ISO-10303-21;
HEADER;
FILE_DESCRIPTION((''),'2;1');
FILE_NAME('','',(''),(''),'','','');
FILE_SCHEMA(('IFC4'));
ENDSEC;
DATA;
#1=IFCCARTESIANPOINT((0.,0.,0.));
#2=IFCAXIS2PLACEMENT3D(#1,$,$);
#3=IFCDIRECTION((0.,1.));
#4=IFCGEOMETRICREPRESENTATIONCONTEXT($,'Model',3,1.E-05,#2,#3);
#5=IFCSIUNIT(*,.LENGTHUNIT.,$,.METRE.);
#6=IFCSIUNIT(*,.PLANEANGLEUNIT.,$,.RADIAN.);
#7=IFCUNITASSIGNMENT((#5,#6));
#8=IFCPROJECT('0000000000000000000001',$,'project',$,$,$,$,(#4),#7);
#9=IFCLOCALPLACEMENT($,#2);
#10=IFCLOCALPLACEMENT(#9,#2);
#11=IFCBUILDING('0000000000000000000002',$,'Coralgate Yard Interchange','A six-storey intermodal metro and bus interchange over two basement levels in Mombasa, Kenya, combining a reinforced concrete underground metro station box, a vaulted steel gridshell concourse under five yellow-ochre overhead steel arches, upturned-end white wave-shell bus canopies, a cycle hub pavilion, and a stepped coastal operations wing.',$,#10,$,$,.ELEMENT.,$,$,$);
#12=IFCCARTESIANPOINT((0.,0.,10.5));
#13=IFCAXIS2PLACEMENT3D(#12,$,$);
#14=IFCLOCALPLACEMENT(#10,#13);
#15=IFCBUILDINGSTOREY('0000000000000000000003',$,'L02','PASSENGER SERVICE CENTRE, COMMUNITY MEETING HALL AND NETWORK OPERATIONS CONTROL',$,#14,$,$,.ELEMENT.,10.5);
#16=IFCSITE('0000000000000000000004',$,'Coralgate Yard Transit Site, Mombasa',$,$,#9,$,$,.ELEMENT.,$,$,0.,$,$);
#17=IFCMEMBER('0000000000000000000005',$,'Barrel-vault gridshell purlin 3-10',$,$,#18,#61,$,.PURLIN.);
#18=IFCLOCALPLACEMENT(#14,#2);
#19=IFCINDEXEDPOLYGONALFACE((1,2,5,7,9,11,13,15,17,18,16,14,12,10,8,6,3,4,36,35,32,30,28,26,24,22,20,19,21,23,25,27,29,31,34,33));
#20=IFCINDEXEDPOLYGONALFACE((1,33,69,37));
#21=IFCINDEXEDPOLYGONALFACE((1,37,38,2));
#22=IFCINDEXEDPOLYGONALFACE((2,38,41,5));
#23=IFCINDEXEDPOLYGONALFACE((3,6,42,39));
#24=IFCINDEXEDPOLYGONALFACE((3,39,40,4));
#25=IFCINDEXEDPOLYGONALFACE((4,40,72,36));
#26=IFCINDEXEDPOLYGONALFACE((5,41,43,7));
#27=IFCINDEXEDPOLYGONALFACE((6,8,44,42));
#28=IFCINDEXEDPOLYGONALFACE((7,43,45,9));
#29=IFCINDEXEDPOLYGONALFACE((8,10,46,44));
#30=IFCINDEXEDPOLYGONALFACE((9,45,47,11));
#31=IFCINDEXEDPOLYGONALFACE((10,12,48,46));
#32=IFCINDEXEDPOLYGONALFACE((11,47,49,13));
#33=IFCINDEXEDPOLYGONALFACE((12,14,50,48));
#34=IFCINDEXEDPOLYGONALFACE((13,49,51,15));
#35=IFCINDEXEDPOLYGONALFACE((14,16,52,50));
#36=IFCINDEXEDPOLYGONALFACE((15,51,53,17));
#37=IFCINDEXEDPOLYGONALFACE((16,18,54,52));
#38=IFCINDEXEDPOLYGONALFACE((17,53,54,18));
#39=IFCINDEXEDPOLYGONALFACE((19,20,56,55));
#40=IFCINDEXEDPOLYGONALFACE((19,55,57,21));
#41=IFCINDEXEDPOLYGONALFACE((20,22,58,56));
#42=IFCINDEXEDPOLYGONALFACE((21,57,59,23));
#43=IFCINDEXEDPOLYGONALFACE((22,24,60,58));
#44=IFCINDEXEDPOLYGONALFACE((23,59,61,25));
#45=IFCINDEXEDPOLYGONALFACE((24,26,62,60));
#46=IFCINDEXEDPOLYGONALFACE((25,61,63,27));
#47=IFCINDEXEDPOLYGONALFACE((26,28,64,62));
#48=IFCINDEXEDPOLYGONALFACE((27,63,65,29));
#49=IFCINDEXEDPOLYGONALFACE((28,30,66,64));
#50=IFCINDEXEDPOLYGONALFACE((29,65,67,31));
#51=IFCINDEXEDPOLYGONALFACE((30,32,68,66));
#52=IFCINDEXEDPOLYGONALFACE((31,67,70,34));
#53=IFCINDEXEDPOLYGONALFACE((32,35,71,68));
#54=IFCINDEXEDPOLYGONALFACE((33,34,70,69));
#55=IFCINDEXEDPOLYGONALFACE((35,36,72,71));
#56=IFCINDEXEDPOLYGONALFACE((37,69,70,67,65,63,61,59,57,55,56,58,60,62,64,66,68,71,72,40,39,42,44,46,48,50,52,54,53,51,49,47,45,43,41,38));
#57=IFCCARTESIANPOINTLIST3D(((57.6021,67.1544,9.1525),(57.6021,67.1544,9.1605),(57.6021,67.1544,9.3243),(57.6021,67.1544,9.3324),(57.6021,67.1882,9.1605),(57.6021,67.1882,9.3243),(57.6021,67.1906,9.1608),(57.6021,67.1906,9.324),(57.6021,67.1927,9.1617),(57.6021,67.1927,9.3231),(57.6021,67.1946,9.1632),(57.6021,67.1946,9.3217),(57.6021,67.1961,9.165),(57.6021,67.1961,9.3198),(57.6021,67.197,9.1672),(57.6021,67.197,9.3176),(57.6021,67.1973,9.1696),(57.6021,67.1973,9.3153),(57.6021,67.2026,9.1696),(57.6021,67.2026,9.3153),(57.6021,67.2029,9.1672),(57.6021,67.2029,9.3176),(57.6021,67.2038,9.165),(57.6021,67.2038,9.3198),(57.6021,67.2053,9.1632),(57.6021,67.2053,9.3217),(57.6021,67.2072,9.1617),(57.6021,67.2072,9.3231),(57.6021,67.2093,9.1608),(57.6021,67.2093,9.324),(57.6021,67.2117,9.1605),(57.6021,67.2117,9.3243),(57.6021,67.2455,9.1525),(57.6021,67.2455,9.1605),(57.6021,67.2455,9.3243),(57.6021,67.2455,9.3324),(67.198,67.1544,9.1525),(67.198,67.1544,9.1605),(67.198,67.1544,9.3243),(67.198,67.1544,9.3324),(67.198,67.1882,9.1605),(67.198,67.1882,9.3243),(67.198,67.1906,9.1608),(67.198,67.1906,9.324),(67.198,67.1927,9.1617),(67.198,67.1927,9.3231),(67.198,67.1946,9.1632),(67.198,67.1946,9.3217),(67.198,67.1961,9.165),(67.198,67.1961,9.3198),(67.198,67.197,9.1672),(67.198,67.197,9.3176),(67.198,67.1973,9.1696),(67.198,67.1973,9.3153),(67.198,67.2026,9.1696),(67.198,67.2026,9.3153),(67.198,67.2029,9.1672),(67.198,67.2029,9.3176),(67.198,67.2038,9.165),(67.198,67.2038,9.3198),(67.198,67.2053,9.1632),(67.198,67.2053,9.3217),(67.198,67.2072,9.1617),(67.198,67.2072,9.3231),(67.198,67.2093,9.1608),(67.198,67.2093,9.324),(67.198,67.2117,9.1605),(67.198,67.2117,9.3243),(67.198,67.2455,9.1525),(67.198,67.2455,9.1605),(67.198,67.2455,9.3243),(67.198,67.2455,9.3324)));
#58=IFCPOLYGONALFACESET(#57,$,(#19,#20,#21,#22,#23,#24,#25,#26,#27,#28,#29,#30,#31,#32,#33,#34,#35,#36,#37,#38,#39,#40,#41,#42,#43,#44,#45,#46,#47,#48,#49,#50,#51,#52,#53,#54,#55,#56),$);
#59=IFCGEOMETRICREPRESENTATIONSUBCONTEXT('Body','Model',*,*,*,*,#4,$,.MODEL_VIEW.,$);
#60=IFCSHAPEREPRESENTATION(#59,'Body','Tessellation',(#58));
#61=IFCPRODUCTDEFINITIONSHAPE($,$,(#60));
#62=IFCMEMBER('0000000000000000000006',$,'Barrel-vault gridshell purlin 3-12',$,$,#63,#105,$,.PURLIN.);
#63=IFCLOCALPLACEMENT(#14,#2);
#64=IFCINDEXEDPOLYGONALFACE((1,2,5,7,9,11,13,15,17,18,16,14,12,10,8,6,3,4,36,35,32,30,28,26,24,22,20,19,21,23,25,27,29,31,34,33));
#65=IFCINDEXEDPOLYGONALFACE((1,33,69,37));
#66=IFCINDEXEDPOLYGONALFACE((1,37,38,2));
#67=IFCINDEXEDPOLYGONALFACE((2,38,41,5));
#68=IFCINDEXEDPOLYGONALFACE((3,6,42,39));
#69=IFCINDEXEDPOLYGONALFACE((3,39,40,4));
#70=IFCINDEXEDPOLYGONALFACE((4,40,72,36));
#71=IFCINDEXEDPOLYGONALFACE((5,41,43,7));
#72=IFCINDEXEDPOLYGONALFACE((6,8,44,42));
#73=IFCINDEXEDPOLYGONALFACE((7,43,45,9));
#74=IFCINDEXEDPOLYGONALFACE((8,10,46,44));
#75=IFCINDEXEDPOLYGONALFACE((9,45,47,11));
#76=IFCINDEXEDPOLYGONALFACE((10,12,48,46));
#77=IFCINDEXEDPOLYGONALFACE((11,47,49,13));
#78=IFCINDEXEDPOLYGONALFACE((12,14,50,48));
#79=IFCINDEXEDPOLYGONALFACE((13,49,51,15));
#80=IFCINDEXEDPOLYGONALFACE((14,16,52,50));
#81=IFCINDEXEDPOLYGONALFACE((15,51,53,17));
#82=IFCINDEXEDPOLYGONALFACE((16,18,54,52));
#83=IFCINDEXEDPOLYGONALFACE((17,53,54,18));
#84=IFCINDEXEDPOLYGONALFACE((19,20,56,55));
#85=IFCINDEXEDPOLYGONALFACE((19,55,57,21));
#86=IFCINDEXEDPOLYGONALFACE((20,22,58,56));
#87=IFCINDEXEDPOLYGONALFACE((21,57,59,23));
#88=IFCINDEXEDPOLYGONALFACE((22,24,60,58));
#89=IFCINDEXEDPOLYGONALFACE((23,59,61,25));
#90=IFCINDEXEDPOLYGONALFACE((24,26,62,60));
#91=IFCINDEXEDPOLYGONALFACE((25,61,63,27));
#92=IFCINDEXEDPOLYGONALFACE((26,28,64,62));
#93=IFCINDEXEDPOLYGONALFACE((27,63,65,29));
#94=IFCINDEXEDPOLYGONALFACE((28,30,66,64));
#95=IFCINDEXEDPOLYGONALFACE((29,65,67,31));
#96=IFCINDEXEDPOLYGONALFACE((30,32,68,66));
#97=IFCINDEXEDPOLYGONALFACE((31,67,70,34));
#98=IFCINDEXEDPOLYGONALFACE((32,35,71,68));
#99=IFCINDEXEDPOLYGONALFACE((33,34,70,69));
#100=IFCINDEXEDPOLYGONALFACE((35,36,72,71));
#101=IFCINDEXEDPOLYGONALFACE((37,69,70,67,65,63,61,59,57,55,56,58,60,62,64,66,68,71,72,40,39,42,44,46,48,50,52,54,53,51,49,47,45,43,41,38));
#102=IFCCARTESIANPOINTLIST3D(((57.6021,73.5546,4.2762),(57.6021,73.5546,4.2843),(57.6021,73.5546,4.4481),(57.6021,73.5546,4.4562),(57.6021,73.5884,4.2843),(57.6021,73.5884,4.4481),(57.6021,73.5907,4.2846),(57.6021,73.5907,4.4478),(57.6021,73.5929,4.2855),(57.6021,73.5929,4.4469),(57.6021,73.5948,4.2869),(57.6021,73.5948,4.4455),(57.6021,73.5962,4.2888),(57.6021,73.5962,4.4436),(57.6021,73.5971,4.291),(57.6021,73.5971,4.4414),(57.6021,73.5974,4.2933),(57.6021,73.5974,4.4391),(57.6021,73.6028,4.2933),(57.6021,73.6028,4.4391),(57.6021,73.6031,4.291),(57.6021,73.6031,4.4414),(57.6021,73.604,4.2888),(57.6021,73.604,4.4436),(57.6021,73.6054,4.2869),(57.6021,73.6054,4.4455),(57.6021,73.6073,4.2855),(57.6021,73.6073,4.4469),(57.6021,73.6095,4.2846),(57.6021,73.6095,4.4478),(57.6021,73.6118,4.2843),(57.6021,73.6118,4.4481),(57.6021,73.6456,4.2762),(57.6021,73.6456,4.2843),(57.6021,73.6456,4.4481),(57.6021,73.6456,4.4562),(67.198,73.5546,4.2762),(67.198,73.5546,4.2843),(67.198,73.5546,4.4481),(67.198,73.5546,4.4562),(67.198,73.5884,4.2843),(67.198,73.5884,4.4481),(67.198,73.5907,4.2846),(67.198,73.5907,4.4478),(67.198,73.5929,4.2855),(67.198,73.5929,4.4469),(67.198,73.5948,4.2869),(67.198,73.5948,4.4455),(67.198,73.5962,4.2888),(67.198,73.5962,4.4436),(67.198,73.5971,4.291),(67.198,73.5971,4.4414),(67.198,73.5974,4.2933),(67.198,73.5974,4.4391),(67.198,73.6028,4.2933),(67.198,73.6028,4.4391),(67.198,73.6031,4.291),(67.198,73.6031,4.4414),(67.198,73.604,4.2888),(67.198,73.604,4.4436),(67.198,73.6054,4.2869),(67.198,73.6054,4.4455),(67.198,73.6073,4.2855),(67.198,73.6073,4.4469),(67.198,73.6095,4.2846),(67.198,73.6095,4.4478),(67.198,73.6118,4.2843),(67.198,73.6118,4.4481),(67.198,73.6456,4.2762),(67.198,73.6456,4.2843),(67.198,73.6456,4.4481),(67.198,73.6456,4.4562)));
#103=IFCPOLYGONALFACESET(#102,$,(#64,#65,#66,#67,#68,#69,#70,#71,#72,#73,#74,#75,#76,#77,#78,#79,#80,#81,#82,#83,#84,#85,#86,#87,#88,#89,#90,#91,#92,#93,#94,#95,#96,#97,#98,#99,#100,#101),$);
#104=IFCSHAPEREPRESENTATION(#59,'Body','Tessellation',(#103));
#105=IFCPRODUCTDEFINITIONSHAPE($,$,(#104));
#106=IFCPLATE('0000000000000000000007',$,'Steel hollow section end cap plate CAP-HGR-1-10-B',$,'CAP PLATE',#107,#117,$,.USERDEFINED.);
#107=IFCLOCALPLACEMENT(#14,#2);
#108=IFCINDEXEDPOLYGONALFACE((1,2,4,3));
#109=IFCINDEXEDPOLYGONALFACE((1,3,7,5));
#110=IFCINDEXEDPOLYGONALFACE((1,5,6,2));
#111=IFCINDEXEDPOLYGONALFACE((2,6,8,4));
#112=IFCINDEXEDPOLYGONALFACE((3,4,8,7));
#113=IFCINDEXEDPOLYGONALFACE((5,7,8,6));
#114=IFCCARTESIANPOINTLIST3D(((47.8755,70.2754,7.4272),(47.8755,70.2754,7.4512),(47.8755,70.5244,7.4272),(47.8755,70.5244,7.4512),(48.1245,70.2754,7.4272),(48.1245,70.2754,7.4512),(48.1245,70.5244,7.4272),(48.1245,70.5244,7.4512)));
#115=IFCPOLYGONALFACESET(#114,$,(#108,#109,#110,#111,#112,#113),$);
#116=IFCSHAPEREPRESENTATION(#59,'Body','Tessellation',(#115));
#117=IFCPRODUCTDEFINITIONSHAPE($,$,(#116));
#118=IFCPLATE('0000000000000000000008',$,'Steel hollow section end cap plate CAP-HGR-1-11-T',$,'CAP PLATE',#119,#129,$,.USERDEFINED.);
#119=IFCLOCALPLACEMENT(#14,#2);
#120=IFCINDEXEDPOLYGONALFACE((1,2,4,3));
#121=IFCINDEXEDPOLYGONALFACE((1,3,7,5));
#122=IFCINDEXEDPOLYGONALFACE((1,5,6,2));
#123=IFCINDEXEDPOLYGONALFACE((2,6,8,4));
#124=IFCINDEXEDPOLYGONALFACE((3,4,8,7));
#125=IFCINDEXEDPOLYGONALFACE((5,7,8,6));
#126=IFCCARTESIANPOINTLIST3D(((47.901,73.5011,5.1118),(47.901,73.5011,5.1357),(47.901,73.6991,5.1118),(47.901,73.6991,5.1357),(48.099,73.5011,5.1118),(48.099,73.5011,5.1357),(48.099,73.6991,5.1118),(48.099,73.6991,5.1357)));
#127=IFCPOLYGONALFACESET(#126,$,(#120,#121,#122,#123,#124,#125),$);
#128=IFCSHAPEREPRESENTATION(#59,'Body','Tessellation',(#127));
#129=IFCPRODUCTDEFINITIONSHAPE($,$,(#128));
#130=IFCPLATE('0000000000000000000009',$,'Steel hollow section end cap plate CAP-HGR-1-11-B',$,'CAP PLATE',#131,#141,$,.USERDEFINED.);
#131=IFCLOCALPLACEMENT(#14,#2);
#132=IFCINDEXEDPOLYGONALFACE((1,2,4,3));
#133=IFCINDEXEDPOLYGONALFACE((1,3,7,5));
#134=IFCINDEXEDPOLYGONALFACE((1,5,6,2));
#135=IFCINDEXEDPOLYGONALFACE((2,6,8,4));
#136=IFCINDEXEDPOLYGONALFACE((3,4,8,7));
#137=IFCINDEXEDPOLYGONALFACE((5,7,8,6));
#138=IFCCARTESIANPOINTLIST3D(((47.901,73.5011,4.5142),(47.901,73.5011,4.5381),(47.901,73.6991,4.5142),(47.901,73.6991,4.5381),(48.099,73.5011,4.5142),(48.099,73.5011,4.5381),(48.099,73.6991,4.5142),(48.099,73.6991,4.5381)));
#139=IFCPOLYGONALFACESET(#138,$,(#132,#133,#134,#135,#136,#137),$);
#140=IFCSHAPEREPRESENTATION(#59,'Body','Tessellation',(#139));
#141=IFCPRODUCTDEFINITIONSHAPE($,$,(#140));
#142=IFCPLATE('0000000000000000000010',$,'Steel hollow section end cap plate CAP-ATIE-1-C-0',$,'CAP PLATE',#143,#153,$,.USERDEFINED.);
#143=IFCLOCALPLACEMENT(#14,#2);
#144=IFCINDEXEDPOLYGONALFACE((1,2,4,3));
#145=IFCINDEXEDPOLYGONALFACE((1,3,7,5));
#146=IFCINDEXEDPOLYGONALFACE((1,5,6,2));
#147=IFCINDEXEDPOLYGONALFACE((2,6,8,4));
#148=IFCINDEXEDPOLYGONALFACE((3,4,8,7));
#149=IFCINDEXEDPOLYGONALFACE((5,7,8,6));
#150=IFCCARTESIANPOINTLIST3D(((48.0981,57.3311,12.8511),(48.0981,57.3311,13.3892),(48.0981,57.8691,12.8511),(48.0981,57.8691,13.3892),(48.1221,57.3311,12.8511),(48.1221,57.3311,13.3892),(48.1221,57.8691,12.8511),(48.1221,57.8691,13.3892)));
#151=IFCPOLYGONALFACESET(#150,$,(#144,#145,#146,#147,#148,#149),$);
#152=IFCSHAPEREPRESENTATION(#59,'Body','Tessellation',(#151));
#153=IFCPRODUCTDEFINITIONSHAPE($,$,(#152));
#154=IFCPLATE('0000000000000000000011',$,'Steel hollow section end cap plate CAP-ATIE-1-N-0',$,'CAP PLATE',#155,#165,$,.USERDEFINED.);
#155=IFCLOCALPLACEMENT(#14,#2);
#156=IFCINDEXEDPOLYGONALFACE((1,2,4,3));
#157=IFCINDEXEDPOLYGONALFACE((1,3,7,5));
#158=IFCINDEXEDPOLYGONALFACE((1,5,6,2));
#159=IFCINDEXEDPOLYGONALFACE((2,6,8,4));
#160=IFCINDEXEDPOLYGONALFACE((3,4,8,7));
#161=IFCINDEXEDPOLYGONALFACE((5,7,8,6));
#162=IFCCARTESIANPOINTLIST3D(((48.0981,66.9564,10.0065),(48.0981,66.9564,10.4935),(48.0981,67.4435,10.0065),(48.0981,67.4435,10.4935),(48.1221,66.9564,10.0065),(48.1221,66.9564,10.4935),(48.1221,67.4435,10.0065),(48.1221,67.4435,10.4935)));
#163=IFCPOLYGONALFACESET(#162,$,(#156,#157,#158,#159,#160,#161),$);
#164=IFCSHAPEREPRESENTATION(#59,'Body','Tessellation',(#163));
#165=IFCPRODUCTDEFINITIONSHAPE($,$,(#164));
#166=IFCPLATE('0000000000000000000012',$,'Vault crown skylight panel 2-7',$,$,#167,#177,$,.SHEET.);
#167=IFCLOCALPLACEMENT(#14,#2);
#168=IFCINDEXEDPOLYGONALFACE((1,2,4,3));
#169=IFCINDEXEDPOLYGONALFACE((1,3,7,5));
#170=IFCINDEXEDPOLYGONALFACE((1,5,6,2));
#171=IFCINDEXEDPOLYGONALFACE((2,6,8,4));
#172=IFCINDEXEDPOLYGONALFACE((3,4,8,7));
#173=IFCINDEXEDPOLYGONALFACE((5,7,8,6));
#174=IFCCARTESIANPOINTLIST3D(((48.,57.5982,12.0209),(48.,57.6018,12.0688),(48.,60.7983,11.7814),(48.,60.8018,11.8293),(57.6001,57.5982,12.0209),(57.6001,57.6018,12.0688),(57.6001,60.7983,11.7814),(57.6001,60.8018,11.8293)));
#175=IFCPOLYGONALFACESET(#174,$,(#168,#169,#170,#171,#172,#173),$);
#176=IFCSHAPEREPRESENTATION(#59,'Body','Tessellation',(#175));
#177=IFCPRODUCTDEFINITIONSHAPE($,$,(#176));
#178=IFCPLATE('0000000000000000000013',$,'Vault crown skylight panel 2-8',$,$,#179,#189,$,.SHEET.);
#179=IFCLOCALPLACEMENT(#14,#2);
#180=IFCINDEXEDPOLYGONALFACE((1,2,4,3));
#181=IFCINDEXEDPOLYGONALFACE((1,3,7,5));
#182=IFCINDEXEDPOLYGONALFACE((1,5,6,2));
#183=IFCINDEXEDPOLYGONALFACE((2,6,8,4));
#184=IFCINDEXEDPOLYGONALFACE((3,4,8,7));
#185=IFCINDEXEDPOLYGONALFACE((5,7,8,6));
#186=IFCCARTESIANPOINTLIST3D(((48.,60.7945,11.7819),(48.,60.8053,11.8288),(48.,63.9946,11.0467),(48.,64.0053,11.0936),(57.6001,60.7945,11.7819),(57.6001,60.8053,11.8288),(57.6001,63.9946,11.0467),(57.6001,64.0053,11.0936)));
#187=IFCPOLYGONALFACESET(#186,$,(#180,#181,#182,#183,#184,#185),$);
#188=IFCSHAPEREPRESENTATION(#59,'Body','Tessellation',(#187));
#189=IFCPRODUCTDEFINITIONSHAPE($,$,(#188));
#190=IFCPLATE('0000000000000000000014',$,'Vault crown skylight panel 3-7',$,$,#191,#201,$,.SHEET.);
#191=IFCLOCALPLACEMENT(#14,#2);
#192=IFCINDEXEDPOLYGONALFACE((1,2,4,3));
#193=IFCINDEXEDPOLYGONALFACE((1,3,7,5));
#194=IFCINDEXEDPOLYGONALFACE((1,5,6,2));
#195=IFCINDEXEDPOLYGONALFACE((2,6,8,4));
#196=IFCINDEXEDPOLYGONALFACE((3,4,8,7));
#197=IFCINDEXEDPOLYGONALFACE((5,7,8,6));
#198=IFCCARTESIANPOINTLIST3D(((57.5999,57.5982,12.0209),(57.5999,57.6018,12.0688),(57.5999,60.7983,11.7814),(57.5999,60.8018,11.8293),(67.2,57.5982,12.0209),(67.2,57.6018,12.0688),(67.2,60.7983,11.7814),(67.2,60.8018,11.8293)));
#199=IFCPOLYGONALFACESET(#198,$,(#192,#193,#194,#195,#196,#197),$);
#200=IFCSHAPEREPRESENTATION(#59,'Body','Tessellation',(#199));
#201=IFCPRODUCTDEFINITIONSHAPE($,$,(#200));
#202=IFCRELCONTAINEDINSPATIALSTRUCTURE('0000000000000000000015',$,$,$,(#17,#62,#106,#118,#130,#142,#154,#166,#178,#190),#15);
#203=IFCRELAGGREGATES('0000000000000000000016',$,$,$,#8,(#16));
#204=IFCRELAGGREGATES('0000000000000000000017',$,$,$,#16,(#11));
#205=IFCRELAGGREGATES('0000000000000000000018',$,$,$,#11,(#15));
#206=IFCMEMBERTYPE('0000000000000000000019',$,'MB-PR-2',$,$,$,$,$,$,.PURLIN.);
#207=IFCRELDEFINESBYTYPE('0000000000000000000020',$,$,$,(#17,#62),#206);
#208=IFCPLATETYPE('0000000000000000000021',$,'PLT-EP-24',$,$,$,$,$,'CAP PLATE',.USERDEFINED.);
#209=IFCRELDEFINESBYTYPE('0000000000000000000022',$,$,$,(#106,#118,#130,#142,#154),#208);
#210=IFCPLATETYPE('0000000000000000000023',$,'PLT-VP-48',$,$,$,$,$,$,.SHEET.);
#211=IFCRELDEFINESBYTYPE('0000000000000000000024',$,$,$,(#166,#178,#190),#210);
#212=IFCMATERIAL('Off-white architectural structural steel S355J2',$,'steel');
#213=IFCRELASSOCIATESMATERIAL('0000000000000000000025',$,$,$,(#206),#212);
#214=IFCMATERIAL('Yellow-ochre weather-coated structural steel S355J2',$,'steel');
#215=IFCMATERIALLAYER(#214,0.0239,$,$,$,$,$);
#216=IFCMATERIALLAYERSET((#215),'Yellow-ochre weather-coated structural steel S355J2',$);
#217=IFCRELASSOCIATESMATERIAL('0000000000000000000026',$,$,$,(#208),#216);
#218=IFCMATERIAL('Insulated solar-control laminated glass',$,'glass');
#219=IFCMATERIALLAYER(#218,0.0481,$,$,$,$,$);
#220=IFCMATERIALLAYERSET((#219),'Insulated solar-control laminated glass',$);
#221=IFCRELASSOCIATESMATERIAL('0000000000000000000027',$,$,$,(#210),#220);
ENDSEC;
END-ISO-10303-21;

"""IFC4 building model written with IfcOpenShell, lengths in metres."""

from ifc_helpers import new_model, si_unit, direction, frame, origin, origin_2d, place, context, subcontext, project, spatial, rectangle, i_section, extrude, material, layer, layer_set, material_profile, profile_set, type_object, element, save


model = new_model("IFC4")

# Units and contexts
model_context = context("Model", 3, precision=1e-05, world=origin(), true_north=direction((0.0, 1.0)))
body_context = subcontext(model_context, "Body", "Model", "MODEL_VIEW")
ifc_project = project(units=[si_unit("LENGTHUNIT", "METRE"), si_unit("PLANEANGLEUNIT", "RADIAN")], contexts=[model_context])

# Site, building, storey
site_placement = place(None, origin())
site = spatial("IfcSite", under=ifc_project, at=site_placement, Name="Coralgate Yard Transit Site, Mombasa", CompositionType="ELEMENT", RefElevation=0.0)
building_placement = place(site_placement, origin())
building = spatial("IfcBuilding", under=site, at=building_placement, Name="Coralgate Yard Interchange", Description="A six-storey intermodal metro and bus interchange over two basement levels in Mombasa, Kenya, combining a reinforced concrete underground metro station box, a vaulted steel gridshell concourse under five yellow-ochre overhead steel arches, upturned-end white wave-shell bus canopies, a cycle hub pavilion, and a stepped coastal operations wing.", CompositionType="ELEMENT")
storey_placement = place(building_placement, frame((0.0, 0.0, 10.5)))
storey = spatial("IfcBuildingStorey", under=building, at=storey_placement, Name="L02", Description="PASSENGER SERVICE CENTRE, COMMUNITY MEETING HALL AND NETWORK OPERATIONS CONTROL", CompositionType="ELEMENT", Elevation=10.5)

# Shared definitions
ifc_material_1 = material(Name="Yellow-ochre weather-coated structural steel S355J2", Category="steel")

# Members
ifc_material_2 = material(Name="Off-white architectural structural steel S355J2", Category="steel")
ifc_material_profile_1 = material_profile(ifc_material_2, i_section(OverallWidth=0.0911, OverallDepth=0.1799, WebThickness=0.0054, FlangeThickness=0.0081, FilletRadius=0.009, at=origin_2d()), Name="IPE 180")
ifc_profile_set_1 = profile_set([ifc_material_profile_1], Name="Off-white architectural structural steel S355J2")
member_type_1 = type_object("IfcMemberType", Name="MB-PR-2", PredefinedType="PURLIN", material=ifc_profile_set_1)
for number, where, z_axis, x_axis, name in (
    (1, (57.6021, 67.2, 9.2424), (1.0, 0.0, 0.0), (0.0, 1.0, 0.0), "Barrel-vault gridshell purlin 3-10"),
    (2, (57.6021, 73.6001, 4.3662), (1.0, 0.0, 0.0), (0.0, 1.0, 0.0), "Barrel-vault gridshell purlin 3-12"),
):
    element("IfcMember", number, at=place(storey_placement, frame(where, z_axis=z_axis, x_axis=x_axis)), inside=storey, type_object=member_type_1, Name=name, PredefinedType="PURLIN", context=body_context, shape_type="SweptSolid", body=[
        extrude(i_section(OverallWidth=0.0911, OverallDepth=0.1799, WebThickness=0.0054, FlangeThickness=0.0081, FilletRadius=0.009, at=origin_2d()), origin(), (0.0, 0.0, 1.0), 9.5959),
    ])

# Plates
ifc_layer_1 = layer(ifc_material_1, 0.0239)
ifc_layer_set_1 = layer_set([ifc_layer_1], Name="Yellow-ochre weather-coated structural steel S355J2")
plate_type_1 = type_object("IfcPlateType", Name="PLT-EP-24", ElementType="CAP PLATE", PredefinedType="USERDEFINED", material=ifc_layer_set_1)
plate_1_placement = place(storey_placement, frame((48.0, 70.3999, 7.4512), z_axis=(0.0, 0.0, -1.0), x_axis=(1.0, 0.0, 0.0)))
element("IfcPlate", 3, at=plate_1_placement, inside=storey, type_object=plate_type_1, Name="Steel hollow section end cap plate CAP-HGR-1-10-B", ObjectType="CAP PLATE", PredefinedType="USERDEFINED", context=body_context, shape_type="SweptSolid", body=[
    extrude(rectangle(XDim=0.249, YDim=0.249, at=origin_2d()), origin(), (0.0, 0.0, 1.0), 0.0239),
])
for number, where, z_axis, x_axis, name in (
    (4, (48.0, 73.6001, 5.1118), (0.0, 0.0, 1.0), (1.0, 0.0, 0.0), "Steel hollow section end cap plate CAP-HGR-1-11-T"),
    (5, (48.0, 73.6001, 4.5381), (0.0, 0.0, -1.0), (1.0, 0.0, 0.0), "Steel hollow section end cap plate CAP-HGR-1-11-B"),
):
    element("IfcPlate", number, at=place(storey_placement, frame(where, z_axis=z_axis, x_axis=x_axis)), inside=storey, type_object=plate_type_1, Name=name, ObjectType="CAP PLATE", PredefinedType="USERDEFINED", context=body_context, shape_type="SweptSolid", body=[
        extrude(rectangle(XDim=0.198, YDim=0.198, at=origin_2d()), origin(), (0.0, 0.0, 1.0), 0.0239),
    ])
plate_2_placement = place(storey_placement, frame((48.1221, 57.6001, 13.1201), z_axis=(-1.0, 0.0, 0.0), x_axis=(0.0, -1.0, 0.0)))
element("IfcPlate", 6, at=plate_2_placement, inside=storey, type_object=plate_type_1, Name="Steel hollow section end cap plate CAP-ATIE-1-C-0", ObjectType="CAP PLATE", PredefinedType="USERDEFINED", context=body_context, shape_type="SweptSolid", body=[
    extrude(rectangle(XDim=0.5381, YDim=0.5381, at=origin_2d()), origin(), (0.0, 0.0, 1.0), 0.0239),
])
plate_3_placement = place(storey_placement, frame((48.1221, 67.2, 10.25), z_axis=(-1.0, 0.0, 0.0), x_axis=(0.0, -1.0, 0.0)))
element("IfcPlate", 7, at=plate_3_placement, inside=storey, type_object=plate_type_1, Name="Steel hollow section end cap plate CAP-ATIE-1-N-0", ObjectType="CAP PLATE", PredefinedType="USERDEFINED", context=body_context, shape_type="SweptSolid", body=[
    extrude(rectangle(XDim=0.4871, YDim=0.4871, at=origin_2d()), origin(), (0.0, 0.0, 1.0), 0.0239),
])
ifc_material_3 = material(Name="Insulated solar-control laminated glass", Category="glass")
ifc_layer_2 = layer(ifc_material_3, 0.0481)
ifc_layer_set_2 = layer_set([ifc_layer_2], Name="Insulated solar-control laminated glass")
plate_type_2 = type_object("IfcPlateType", Name="PLT-VP-48", PredefinedType="SHEET", material=ifc_layer_set_2)
plate_4_placement = place(storey_placement, frame((52.8, 59.1982, 11.9011), z_axis=(0.0, 0.074635, 0.997211), x_axis=(1.0, 0.0, 0.0)))
element("IfcPlate", 8, at=plate_4_placement, inside=storey, type_object=plate_type_2, Name="Vault crown skylight panel 2-7", PredefinedType="SHEET", context=body_context, shape_type="SweptSolid", body=[
    extrude(rectangle(XDim=9.6001, YDim=3.209, at=origin_2d()), origin(), (0.0, 0.0, 1.0), 0.0481),
])
plate_5_placement = place(storey_placement, frame((52.8, 62.3945, 11.4143), z_axis=(0.0, 0.223916, 0.974608), x_axis=(1.0, 0.0, 0.0)))
element("IfcPlate", 9, at=plate_5_placement, inside=storey, type_object=plate_type_2, Name="Vault crown skylight panel 2-8", PredefinedType="SHEET", context=body_context, shape_type="SweptSolid", body=[
    extrude(rectangle(XDim=9.6001, YDim=3.2834, at=origin_2d()), origin(), (0.0, 0.0, 1.0), 0.0481),
])
plate_6_placement = place(storey_placement, frame((62.3999, 59.1982, 11.9011), z_axis=(0.0, 0.074635, 0.997211), x_axis=(1.0, 0.0, 0.0)))
element("IfcPlate", 10, at=plate_6_placement, inside=storey, type_object=plate_type_2, Name="Vault crown skylight panel 3-7", PredefinedType="SHEET", context=body_context, shape_type="SweptSolid", body=[
    extrude(rectangle(XDim=9.6001, YDim=3.209, at=origin_2d()), origin(), (0.0, 0.0, 1.0), 0.0481),
])

save(model, "model.ifc")
